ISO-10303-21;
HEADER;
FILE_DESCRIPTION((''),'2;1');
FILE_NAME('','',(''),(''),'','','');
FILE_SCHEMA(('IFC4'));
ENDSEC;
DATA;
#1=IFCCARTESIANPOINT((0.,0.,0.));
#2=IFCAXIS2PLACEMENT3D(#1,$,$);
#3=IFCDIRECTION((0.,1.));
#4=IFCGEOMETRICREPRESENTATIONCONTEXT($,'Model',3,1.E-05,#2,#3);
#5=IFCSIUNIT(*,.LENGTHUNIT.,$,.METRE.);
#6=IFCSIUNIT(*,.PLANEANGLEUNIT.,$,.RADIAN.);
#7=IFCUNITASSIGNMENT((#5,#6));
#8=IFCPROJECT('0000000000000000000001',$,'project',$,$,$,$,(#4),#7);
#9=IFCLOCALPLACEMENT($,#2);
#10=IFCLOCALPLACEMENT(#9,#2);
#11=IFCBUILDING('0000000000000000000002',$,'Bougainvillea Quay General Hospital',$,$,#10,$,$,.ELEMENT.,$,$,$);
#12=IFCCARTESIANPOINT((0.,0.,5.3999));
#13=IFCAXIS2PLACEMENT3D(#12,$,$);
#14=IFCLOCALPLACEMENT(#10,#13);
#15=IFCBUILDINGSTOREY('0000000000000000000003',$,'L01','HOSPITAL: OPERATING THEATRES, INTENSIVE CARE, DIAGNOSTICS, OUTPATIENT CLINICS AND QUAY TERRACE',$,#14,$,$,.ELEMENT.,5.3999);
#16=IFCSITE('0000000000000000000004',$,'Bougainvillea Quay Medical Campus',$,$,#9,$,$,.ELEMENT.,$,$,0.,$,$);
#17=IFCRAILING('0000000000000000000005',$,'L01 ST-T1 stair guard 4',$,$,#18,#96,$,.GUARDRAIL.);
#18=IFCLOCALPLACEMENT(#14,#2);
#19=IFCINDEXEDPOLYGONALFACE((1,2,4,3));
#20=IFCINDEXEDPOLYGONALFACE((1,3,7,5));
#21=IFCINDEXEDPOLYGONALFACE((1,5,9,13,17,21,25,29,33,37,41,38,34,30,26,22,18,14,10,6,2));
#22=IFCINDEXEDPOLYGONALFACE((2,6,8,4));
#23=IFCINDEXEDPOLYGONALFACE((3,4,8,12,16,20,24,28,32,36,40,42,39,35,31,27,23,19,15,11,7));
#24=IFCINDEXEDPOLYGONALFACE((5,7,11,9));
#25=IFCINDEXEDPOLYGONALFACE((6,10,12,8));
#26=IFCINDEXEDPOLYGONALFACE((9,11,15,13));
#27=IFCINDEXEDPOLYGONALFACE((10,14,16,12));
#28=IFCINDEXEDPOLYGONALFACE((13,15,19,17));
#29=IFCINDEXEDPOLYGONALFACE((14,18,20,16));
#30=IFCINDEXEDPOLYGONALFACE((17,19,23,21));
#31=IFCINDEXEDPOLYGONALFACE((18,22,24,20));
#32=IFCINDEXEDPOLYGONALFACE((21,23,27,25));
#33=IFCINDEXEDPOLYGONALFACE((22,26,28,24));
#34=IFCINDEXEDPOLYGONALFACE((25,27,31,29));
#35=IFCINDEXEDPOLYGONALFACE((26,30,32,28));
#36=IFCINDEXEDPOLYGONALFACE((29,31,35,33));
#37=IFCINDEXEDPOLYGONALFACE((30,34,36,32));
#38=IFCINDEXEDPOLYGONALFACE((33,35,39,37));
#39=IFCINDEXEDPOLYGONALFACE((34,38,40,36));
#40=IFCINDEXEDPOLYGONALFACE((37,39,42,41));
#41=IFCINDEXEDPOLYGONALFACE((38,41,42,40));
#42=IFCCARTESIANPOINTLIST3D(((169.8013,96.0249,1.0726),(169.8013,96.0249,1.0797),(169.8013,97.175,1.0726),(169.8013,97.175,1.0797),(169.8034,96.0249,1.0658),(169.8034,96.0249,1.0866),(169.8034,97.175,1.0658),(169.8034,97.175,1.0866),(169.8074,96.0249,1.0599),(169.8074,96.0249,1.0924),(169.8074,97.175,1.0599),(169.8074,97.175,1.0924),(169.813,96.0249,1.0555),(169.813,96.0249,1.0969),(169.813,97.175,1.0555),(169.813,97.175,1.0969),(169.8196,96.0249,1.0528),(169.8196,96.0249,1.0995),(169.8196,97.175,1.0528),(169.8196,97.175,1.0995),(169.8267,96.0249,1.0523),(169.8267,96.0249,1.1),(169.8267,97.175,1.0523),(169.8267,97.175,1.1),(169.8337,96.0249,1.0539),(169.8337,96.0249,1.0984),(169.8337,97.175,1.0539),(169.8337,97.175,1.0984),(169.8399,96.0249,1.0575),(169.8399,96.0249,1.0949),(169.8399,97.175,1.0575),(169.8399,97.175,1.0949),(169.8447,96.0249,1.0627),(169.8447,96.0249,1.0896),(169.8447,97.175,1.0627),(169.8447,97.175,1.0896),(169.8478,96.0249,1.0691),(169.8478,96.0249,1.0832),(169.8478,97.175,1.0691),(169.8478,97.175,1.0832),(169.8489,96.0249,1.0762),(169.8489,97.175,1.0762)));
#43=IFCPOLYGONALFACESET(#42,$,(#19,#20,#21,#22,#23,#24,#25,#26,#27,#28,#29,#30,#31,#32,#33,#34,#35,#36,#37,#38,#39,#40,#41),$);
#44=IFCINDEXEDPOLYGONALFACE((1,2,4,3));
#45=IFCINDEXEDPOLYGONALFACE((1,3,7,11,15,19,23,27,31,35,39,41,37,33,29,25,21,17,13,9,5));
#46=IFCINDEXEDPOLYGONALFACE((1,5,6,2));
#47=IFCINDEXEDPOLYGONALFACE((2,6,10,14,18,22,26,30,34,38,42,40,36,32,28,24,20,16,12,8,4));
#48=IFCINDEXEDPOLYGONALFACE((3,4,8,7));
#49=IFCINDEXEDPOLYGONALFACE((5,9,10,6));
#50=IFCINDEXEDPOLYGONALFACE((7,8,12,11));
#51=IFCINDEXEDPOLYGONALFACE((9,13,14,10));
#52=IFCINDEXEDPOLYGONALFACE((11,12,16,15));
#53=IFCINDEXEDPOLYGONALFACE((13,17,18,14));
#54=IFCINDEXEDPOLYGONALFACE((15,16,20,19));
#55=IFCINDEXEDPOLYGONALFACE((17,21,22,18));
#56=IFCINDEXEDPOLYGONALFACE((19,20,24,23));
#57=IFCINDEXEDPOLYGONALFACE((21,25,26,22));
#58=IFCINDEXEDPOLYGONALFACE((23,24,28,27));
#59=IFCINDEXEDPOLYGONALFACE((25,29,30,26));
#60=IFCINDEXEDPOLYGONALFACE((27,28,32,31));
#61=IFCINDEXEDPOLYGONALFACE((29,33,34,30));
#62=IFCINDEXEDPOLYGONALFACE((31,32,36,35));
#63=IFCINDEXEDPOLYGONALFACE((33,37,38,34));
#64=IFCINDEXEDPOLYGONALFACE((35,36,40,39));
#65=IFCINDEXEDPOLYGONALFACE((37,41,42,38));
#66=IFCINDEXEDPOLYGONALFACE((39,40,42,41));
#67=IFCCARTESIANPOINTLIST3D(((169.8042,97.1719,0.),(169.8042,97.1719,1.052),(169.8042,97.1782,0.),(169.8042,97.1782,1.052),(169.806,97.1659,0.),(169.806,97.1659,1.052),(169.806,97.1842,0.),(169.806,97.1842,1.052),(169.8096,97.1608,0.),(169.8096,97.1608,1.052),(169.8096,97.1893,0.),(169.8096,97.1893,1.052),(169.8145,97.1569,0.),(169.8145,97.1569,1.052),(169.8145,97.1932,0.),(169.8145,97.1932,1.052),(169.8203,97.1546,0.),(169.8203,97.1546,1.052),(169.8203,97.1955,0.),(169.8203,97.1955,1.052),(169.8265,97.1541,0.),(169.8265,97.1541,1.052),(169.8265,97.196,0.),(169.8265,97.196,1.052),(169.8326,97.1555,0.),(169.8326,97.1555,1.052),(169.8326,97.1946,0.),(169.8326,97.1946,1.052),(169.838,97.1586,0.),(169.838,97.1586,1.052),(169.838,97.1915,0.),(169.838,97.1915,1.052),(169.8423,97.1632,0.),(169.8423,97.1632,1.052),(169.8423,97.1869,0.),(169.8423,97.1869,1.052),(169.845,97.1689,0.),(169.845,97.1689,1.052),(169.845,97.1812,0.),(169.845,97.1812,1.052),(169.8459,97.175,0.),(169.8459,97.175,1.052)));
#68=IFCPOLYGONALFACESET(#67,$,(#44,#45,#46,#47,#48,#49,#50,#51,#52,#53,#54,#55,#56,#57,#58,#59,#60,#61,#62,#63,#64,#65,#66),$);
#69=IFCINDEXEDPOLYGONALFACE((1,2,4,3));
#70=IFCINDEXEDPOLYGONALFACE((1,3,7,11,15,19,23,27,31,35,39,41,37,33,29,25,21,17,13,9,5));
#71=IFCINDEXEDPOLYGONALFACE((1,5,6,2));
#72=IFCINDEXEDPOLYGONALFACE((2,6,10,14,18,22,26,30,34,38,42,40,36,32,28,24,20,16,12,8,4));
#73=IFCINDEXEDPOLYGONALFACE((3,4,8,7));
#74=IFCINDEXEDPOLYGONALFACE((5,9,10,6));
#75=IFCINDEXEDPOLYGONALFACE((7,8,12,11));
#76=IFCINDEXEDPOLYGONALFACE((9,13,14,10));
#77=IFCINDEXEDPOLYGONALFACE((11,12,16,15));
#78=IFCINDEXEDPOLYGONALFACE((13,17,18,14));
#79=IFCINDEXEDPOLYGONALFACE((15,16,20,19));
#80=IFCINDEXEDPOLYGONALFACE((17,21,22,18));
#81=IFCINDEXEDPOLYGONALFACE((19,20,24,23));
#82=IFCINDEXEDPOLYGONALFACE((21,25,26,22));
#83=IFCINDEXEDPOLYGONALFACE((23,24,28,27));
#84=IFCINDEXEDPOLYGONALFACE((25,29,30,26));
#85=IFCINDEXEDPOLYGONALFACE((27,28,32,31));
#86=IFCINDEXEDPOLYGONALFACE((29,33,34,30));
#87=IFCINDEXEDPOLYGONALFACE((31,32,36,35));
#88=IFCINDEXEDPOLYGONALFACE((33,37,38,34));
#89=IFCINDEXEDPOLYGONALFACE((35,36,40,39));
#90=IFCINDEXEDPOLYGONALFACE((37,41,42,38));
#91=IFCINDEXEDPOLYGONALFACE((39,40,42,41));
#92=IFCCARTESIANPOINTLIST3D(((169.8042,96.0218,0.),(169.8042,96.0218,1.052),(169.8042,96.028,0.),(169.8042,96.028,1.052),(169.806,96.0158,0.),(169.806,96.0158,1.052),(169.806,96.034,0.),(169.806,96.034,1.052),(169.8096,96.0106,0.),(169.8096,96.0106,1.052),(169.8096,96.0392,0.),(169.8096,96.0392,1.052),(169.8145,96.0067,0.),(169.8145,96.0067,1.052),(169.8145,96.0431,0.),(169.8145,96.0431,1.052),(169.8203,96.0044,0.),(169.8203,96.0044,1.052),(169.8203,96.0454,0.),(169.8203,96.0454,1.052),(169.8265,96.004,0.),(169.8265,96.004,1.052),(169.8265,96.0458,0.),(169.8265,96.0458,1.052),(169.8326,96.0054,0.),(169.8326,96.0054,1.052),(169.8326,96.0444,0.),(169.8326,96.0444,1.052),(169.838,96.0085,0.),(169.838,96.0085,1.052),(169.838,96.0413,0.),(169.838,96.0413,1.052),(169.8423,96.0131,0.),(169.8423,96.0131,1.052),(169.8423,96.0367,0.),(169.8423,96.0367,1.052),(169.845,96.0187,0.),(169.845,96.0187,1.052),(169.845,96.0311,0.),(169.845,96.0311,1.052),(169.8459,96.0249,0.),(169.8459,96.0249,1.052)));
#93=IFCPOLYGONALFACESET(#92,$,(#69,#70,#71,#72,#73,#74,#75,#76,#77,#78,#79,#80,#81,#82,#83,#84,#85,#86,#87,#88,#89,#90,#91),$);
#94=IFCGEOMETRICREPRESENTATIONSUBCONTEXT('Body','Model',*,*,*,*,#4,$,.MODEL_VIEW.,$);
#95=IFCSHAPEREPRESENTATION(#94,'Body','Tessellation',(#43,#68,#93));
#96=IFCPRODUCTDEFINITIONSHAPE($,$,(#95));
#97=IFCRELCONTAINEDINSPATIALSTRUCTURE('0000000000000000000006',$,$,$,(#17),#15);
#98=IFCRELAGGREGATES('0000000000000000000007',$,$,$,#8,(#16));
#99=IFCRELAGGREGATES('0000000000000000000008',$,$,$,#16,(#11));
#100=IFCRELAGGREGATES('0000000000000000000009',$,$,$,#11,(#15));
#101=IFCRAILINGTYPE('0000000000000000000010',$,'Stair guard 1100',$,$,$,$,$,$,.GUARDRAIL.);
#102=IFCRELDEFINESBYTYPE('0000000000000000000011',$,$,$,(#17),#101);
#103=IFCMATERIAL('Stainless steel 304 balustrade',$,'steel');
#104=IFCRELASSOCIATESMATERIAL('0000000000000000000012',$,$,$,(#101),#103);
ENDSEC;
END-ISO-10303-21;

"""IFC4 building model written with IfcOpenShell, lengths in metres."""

from ifc_helpers import new_model, si_unit, direction, frame, origin, origin_2d, place, context, subcontext, project, spatial, circle, extrude, material, type_object, element, save


model = new_model("IFC4")

# Units and contexts
model_context = context("Model", 3, precision=1e-05, world=origin(), true_north=direction((0.0, 1.0)))
body_context = subcontext(model_context, "Body", "Model", "MODEL_VIEW")
ifc_project = project(units=[si_unit("LENGTHUNIT", "METRE"), si_unit("PLANEANGLEUNIT", "RADIAN")], contexts=[model_context])

# Site, building, storey
site_placement = place(None, origin())
site = spatial("IfcSite", under=ifc_project, at=site_placement, Name="Bougainvillea Quay Medical Campus", CompositionType="ELEMENT", RefElevation=0.0)
building_placement = place(site_placement, origin())
building = spatial("IfcBuilding", under=site, at=building_placement, Name="Bougainvillea Quay General Hospital", CompositionType="ELEMENT")
storey_placement = place(building_placement, frame((0.0, 0.0, 5.3999)))
storey = spatial("IfcBuildingStorey", under=building, at=storey_placement, Name="L01", Description="HOSPITAL: OPERATING THEATRES, INTENSIVE CARE, DIAGNOSTICS, OUTPATIENT CLINICS AND QUAY TERRACE", CompositionType="ELEMENT", Elevation=5.3999)

# Railing
ifc_material_1 = material(Name="Stainless steel 304 balustrade", Category="steel")
railing_type_1 = type_object("IfcRailingType", Name="Stair guard 1100", PredefinedType="GUARDRAIL", material=ifc_material_1)
railing_1_placement = place(storey_placement, frame((169.825, 97.175, 0.0)))
element("IfcRailing", 1, at=railing_1_placement, inside=storey, type_object=railing_type_1, Name="L01 ST-T1 stair guard 4", PredefinedType="GUARDRAIL", context=body_context, shape_type="SweptSolid", body=[
    extrude(circle(Radius=0.0239, at=origin_2d()), frame((0.0, 0.0, 1.0762), z_axis=(0.0, -1.0, 0.0), x_axis=(1.0, 0.0, 0.0)), (0.0, 0.0, 1.0), 1.1501),
    extrude(circle(Radius=0.021, at=origin_2d()), origin(), (0.0, 0.0, 1.0), 1.052),
    extrude(circle(Radius=0.021, at=origin_2d()), frame((0.0, -1.1501, 0.0)), (0.0, 0.0, 1.0), 1.052),
])

save(model, "model.ifc")
